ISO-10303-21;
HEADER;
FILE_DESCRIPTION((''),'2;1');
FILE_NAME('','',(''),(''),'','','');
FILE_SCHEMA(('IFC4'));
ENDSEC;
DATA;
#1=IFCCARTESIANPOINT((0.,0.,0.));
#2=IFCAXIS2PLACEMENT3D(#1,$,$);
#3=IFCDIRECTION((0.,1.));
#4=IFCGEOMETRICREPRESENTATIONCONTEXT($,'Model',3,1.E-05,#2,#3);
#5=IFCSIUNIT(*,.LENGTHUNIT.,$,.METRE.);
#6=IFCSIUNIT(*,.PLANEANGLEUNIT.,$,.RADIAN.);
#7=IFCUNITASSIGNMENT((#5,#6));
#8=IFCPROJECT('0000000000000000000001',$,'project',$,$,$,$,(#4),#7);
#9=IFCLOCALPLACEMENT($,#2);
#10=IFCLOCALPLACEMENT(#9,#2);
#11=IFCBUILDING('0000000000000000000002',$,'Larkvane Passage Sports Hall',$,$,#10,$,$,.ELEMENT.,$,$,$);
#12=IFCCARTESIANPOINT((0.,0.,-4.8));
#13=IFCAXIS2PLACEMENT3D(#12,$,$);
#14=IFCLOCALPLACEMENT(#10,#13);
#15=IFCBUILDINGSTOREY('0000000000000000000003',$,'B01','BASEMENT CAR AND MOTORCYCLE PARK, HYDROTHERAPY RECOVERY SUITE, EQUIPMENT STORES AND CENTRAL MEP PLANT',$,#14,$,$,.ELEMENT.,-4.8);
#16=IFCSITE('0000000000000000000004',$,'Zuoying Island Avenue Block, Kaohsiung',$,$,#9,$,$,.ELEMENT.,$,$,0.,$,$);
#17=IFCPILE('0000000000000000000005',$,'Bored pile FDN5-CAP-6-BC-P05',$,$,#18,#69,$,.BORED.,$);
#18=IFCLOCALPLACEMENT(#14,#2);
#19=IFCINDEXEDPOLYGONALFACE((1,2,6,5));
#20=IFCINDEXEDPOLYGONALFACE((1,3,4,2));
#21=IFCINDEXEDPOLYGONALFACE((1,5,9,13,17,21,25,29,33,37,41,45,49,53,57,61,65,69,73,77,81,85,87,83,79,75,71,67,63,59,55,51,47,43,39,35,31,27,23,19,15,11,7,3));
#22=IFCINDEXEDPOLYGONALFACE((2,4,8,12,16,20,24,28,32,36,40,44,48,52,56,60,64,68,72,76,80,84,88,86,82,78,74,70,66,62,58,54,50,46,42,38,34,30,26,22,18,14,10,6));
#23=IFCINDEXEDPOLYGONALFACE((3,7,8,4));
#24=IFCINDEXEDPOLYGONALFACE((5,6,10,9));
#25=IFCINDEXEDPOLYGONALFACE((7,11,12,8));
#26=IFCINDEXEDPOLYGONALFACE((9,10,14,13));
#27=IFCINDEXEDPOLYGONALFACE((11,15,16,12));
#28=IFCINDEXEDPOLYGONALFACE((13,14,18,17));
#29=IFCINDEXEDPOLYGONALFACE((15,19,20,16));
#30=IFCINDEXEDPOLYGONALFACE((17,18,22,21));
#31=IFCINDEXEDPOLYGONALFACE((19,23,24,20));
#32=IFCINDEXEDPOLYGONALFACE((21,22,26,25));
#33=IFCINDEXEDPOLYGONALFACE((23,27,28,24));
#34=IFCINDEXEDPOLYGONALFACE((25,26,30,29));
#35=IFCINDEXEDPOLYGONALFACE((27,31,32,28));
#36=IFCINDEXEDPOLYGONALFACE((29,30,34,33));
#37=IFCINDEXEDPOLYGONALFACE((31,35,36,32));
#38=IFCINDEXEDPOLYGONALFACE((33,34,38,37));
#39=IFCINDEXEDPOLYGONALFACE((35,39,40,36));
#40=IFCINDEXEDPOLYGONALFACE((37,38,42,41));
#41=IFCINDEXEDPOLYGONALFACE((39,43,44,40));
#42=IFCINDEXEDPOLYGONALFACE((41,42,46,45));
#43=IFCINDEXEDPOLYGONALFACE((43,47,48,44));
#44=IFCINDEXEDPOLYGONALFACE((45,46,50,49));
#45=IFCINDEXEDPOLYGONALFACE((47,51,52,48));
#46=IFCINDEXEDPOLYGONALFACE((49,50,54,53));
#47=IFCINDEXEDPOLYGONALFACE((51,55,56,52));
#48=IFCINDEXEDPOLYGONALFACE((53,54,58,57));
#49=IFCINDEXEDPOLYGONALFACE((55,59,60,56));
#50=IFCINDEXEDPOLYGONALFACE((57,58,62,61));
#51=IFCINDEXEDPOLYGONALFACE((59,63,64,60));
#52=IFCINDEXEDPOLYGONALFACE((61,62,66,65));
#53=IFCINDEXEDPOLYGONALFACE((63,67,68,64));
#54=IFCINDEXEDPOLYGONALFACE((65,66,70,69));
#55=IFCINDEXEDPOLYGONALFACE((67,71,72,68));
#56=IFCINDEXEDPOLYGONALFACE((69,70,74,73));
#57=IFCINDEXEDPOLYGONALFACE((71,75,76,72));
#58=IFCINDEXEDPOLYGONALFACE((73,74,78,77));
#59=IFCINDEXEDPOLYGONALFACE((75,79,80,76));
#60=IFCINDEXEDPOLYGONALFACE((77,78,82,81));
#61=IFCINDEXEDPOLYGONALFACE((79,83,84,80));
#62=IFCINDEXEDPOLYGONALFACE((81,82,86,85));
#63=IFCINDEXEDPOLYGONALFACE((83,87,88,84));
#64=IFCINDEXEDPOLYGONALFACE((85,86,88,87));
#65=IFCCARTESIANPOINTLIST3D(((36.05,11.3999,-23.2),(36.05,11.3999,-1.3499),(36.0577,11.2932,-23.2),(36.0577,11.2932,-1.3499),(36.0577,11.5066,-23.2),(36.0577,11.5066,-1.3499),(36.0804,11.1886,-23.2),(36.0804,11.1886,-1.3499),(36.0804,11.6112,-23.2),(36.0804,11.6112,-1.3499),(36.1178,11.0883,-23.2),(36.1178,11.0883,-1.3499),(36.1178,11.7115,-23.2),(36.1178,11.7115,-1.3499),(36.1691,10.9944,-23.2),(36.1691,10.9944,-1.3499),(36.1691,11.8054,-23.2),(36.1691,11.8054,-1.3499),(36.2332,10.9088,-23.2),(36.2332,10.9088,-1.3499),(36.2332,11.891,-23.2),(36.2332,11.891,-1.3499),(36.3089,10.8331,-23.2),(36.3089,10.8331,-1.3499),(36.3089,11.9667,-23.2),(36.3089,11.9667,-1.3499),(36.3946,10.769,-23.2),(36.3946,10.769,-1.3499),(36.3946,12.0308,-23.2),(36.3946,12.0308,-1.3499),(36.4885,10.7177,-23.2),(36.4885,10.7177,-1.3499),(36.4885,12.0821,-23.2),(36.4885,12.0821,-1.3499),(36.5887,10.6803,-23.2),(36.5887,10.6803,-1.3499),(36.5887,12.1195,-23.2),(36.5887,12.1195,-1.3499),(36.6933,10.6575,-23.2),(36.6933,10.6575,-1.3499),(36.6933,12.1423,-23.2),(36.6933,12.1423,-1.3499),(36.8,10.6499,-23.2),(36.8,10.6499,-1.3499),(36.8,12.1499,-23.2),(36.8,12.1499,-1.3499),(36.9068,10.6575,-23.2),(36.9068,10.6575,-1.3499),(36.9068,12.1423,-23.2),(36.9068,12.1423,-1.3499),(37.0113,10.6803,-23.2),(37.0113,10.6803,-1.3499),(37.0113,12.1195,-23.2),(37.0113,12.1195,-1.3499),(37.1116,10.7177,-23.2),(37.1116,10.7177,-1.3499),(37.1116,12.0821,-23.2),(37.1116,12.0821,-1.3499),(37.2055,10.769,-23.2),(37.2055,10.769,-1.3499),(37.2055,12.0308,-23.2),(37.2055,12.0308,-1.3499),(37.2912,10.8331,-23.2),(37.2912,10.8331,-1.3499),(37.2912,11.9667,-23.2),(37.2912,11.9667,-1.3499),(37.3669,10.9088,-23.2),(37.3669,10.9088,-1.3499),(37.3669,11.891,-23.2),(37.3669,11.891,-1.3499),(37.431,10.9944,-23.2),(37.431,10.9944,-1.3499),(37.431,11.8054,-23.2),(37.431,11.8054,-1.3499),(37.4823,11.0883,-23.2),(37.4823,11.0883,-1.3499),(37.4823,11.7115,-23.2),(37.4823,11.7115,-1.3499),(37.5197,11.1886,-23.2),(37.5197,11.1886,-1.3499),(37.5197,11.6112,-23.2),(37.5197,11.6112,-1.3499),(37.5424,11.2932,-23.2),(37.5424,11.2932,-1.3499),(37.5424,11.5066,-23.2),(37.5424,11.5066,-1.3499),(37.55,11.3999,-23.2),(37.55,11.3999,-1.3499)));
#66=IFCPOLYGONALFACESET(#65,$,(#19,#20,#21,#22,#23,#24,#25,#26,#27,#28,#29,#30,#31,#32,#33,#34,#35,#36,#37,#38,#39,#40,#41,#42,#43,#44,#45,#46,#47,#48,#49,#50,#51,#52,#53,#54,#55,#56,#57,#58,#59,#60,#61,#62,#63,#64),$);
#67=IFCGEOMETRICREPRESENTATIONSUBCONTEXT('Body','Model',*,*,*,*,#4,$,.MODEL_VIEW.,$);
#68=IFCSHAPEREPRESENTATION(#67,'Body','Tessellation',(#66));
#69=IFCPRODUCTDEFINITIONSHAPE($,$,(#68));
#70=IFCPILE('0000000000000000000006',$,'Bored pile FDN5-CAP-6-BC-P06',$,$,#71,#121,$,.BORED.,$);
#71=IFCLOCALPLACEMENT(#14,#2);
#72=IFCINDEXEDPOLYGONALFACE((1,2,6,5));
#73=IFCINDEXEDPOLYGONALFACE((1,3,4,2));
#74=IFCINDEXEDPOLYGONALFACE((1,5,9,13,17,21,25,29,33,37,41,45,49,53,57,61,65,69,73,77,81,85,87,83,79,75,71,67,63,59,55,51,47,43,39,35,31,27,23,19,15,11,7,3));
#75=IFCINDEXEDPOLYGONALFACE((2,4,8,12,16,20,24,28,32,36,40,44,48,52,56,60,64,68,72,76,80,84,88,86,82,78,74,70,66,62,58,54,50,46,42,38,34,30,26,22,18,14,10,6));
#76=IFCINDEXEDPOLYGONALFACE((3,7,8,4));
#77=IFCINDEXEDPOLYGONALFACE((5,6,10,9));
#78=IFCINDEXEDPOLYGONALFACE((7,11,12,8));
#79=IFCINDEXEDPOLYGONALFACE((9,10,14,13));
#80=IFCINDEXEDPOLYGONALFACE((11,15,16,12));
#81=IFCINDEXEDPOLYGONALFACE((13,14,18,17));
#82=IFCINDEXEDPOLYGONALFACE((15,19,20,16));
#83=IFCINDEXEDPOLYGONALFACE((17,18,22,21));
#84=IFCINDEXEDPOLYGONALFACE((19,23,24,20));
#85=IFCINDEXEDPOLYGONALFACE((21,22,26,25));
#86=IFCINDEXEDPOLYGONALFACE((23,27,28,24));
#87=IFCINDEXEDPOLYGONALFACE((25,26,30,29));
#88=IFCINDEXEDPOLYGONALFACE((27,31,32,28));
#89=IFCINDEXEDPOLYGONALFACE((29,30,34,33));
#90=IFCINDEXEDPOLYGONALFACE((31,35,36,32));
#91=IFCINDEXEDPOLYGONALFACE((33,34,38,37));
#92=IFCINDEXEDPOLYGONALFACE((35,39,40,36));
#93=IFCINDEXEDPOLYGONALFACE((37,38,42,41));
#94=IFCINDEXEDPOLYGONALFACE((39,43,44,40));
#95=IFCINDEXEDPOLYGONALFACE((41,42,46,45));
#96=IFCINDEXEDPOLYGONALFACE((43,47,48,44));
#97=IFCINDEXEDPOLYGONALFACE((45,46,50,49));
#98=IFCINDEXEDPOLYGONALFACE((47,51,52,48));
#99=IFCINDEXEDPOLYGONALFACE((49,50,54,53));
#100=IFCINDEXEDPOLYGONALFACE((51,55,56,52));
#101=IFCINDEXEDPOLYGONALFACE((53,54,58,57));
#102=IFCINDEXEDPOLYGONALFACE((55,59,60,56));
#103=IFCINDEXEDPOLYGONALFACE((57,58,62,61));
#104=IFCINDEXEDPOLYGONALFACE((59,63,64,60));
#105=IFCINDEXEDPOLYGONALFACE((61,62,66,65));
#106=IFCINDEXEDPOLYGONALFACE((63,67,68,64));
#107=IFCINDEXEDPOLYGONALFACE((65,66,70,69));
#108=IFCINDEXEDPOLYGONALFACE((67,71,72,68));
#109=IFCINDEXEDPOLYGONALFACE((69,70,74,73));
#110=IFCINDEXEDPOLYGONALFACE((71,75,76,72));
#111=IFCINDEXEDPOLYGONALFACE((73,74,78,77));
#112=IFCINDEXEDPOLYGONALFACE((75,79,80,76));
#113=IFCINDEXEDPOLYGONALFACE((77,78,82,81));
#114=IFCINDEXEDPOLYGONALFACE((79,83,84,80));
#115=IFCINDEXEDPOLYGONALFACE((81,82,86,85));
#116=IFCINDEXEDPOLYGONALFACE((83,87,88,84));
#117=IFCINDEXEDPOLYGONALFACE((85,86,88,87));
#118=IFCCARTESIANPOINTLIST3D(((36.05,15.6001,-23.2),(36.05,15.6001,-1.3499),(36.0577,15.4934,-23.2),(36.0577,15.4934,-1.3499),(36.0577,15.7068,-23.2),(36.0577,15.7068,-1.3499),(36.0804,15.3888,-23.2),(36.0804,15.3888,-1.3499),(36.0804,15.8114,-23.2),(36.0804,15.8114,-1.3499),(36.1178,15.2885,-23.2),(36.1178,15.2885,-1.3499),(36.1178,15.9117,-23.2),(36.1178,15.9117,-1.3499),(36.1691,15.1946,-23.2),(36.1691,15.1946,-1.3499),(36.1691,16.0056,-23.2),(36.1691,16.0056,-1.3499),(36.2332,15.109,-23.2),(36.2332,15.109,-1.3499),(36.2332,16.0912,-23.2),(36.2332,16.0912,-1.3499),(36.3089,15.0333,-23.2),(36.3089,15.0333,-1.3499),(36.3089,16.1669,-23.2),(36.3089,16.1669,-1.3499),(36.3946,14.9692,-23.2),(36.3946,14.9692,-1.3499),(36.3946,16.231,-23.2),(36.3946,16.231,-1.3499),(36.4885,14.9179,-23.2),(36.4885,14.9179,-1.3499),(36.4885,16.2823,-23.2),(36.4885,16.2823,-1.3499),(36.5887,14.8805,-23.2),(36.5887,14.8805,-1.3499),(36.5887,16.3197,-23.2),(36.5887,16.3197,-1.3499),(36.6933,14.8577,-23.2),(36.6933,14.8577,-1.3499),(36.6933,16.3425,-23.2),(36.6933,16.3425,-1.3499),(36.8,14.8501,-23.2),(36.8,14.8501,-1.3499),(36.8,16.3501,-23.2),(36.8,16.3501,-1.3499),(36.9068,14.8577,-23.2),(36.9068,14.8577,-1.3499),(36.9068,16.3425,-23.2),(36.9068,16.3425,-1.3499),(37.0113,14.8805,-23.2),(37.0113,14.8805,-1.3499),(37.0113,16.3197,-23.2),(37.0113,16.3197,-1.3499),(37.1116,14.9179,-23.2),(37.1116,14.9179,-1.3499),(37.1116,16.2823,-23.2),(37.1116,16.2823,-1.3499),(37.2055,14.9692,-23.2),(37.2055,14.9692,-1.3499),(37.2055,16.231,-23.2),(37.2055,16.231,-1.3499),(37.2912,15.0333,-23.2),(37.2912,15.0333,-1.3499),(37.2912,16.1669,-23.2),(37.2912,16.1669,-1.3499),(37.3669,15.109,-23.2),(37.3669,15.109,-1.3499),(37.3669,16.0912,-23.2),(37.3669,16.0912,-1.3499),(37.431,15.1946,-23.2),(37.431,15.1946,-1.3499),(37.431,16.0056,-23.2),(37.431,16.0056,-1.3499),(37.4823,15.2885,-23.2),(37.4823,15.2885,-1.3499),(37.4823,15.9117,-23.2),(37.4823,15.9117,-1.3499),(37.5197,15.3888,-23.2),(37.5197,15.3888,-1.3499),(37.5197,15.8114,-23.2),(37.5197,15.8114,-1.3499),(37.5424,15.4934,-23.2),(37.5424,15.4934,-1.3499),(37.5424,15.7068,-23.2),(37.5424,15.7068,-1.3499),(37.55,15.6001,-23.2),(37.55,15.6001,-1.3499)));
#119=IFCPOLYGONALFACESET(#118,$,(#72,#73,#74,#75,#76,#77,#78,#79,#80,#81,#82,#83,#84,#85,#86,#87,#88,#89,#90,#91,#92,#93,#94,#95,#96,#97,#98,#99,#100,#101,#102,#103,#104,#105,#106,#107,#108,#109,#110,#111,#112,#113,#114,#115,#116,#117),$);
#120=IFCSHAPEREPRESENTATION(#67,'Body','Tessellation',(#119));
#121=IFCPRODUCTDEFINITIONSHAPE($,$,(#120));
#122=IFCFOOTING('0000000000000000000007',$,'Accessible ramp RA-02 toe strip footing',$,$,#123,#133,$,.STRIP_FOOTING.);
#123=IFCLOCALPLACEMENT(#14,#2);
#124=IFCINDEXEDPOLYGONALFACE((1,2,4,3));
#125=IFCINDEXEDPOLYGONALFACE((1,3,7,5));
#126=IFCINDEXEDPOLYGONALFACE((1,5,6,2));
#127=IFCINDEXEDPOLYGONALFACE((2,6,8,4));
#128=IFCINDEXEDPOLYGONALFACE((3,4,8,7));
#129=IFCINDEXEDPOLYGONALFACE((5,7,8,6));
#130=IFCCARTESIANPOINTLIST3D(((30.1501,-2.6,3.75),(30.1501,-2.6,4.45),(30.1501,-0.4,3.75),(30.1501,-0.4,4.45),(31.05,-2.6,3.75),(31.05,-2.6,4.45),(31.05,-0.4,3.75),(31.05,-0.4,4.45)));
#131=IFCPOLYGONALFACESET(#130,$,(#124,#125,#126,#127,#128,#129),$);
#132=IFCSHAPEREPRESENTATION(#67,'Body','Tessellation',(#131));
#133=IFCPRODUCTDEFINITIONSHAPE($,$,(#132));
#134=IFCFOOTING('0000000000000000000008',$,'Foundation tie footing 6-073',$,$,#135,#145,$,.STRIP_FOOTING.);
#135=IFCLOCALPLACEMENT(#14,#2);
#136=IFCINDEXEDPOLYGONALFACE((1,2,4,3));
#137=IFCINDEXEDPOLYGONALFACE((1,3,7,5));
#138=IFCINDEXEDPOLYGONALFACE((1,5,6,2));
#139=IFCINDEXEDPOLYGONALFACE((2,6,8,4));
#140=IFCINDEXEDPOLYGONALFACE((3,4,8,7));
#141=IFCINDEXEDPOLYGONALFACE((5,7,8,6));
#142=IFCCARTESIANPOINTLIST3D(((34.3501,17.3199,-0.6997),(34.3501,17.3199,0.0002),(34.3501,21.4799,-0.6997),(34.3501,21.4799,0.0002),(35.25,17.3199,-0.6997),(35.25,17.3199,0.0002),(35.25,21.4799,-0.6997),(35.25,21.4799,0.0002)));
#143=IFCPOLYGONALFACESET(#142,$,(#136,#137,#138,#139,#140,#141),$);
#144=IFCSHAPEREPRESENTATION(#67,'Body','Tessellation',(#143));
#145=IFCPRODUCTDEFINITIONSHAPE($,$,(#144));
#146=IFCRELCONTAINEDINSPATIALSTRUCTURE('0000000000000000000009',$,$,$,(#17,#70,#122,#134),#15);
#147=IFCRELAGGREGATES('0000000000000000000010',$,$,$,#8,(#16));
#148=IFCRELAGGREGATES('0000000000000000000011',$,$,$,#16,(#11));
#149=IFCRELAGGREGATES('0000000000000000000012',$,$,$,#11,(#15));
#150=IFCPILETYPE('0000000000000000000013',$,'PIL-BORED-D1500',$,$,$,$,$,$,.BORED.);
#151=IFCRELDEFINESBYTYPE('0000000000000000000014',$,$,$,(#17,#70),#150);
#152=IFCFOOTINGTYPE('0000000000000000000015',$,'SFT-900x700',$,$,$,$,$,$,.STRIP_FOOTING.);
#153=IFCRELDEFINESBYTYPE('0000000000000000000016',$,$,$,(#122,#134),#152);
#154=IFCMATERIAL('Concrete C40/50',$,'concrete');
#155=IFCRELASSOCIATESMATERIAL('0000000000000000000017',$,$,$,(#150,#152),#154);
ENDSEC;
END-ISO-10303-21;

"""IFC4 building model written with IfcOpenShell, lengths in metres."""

from ifc_helpers import new_model, si_unit, direction, frame, origin, origin_2d, place, context, subcontext, project, spatial, rectangle, circle, extrude, material, material_profile, profile_set, type_object, element, save


model = new_model("IFC4")

# Units and contexts
model_context = context("Model", 3, precision=1e-05, world=origin(), true_north=direction((0.0, 1.0)))
body_context = subcontext(model_context, "Body", "Model", "MODEL_VIEW")
ifc_project = project(units=[si_unit("LENGTHUNIT", "METRE"), si_unit("PLANEANGLEUNIT", "RADIAN")], contexts=[model_context])

# Site, building, storey
site_placement = place(None, origin())
site = spatial("IfcSite", under=ifc_project, at=site_placement, Name="Zuoying Island Avenue Block, Kaohsiung", CompositionType="ELEMENT", RefElevation=0.0)
building_placement = place(site_placement, origin())
building = spatial("IfcBuilding", under=site, at=building_placement, Name="Larkvane Passage Sports Hall", CompositionType="ELEMENT")
storey_placement = place(building_placement, frame((0.0, 0.0, -4.8)))
storey = spatial("IfcBuildingStorey", under=building, at=storey_placement, Name="B01", Description="BASEMENT CAR AND MOTORCYCLE PARK, HYDROTHERAPY RECOVERY SUITE, EQUIPMENT STORES AND CENTRAL MEP PLANT", CompositionType="ELEMENT", Elevation=-4.8)

# Shared definitions
ifc_material_1 = material(Name="Concrete C40/50", Category="concrete")

# Piles
ifc_material_profile_1 = material_profile(ifc_material_1, circle(Radius=0.75, at=origin_2d()), Name="PILE-D1500")
ifc_profile_set_1 = profile_set([ifc_material_profile_1], Name="Concrete C40/50")
pile_type = type_object("IfcPileType", Name="PIL-BORED-D1500", PredefinedType="BORED", material=ifc_profile_set_1)
for number, where, z_axis, x_axis, name in (
    (1, (36.8, 11.3999, -1.3499), (0.0, 0.0, -1.0), (1.0, 0.0, 0.0), "Bored pile FDN5-CAP-6-BC-P05"),
    (2, (36.8, 15.6001, -1.3499), (0.0, 0.0, -1.0), (1.0, 0.0, 0.0), "Bored pile FDN5-CAP-6-BC-P06"),
):
    element("IfcPile", number, at=place(storey_placement, frame(where, z_axis=z_axis, x_axis=x_axis)), inside=storey, type_object=pile_type, Name=name, PredefinedType="BORED", context=body_context, shape_type="SweptSolid", body=[
        extrude(circle(Radius=0.75, at=origin_2d()), origin(), (0.0, 0.0, 1.0), 21.8501),
    ])

# Footings
footing_type_1 = type_object("IfcFootingType", Name="SFT-900x700", PredefinedType="STRIP_FOOTING", material=ifc_material_1)
footing_1_placement = place(storey_placement, frame((30.6001, -1.5, 3.75), z_axis=(0.0, 0.0, 1.0), x_axis=(1.0, 0.0, 0.0)))
element("IfcFooting", 3, at=footing_1_placement, inside=storey, type_object=footing_type_1, Name="Accessible ramp RA-02 toe strip footing", PredefinedType="STRIP_FOOTING", context=body_context, shape_type="SweptSolid", body=[
    extrude(rectangle(XDim=0.8999, YDim=2.2, at=origin_2d()), origin(), (0.0, 0.0, 1.0), 0.7),
])
footing_2_placement = place(storey_placement, frame((34.8, 19.3999, -0.6997), z_axis=(0.0, 0.0, 1.0), x_axis=(1.0, 0.0, 0.0)))
element("IfcFooting", 4, at=footing_2_placement, inside=storey, type_object=footing_type_1, Name="Foundation tie footing 6-073", PredefinedType="STRIP_FOOTING", context=body_context, shape_type="SweptSolid", body=[
    extrude(rectangle(XDim=0.8999, YDim=4.1599, at=origin_2d()), origin(), (0.0, 0.0, 1.0), 0.7),
])

save(model, "model.ifc")
